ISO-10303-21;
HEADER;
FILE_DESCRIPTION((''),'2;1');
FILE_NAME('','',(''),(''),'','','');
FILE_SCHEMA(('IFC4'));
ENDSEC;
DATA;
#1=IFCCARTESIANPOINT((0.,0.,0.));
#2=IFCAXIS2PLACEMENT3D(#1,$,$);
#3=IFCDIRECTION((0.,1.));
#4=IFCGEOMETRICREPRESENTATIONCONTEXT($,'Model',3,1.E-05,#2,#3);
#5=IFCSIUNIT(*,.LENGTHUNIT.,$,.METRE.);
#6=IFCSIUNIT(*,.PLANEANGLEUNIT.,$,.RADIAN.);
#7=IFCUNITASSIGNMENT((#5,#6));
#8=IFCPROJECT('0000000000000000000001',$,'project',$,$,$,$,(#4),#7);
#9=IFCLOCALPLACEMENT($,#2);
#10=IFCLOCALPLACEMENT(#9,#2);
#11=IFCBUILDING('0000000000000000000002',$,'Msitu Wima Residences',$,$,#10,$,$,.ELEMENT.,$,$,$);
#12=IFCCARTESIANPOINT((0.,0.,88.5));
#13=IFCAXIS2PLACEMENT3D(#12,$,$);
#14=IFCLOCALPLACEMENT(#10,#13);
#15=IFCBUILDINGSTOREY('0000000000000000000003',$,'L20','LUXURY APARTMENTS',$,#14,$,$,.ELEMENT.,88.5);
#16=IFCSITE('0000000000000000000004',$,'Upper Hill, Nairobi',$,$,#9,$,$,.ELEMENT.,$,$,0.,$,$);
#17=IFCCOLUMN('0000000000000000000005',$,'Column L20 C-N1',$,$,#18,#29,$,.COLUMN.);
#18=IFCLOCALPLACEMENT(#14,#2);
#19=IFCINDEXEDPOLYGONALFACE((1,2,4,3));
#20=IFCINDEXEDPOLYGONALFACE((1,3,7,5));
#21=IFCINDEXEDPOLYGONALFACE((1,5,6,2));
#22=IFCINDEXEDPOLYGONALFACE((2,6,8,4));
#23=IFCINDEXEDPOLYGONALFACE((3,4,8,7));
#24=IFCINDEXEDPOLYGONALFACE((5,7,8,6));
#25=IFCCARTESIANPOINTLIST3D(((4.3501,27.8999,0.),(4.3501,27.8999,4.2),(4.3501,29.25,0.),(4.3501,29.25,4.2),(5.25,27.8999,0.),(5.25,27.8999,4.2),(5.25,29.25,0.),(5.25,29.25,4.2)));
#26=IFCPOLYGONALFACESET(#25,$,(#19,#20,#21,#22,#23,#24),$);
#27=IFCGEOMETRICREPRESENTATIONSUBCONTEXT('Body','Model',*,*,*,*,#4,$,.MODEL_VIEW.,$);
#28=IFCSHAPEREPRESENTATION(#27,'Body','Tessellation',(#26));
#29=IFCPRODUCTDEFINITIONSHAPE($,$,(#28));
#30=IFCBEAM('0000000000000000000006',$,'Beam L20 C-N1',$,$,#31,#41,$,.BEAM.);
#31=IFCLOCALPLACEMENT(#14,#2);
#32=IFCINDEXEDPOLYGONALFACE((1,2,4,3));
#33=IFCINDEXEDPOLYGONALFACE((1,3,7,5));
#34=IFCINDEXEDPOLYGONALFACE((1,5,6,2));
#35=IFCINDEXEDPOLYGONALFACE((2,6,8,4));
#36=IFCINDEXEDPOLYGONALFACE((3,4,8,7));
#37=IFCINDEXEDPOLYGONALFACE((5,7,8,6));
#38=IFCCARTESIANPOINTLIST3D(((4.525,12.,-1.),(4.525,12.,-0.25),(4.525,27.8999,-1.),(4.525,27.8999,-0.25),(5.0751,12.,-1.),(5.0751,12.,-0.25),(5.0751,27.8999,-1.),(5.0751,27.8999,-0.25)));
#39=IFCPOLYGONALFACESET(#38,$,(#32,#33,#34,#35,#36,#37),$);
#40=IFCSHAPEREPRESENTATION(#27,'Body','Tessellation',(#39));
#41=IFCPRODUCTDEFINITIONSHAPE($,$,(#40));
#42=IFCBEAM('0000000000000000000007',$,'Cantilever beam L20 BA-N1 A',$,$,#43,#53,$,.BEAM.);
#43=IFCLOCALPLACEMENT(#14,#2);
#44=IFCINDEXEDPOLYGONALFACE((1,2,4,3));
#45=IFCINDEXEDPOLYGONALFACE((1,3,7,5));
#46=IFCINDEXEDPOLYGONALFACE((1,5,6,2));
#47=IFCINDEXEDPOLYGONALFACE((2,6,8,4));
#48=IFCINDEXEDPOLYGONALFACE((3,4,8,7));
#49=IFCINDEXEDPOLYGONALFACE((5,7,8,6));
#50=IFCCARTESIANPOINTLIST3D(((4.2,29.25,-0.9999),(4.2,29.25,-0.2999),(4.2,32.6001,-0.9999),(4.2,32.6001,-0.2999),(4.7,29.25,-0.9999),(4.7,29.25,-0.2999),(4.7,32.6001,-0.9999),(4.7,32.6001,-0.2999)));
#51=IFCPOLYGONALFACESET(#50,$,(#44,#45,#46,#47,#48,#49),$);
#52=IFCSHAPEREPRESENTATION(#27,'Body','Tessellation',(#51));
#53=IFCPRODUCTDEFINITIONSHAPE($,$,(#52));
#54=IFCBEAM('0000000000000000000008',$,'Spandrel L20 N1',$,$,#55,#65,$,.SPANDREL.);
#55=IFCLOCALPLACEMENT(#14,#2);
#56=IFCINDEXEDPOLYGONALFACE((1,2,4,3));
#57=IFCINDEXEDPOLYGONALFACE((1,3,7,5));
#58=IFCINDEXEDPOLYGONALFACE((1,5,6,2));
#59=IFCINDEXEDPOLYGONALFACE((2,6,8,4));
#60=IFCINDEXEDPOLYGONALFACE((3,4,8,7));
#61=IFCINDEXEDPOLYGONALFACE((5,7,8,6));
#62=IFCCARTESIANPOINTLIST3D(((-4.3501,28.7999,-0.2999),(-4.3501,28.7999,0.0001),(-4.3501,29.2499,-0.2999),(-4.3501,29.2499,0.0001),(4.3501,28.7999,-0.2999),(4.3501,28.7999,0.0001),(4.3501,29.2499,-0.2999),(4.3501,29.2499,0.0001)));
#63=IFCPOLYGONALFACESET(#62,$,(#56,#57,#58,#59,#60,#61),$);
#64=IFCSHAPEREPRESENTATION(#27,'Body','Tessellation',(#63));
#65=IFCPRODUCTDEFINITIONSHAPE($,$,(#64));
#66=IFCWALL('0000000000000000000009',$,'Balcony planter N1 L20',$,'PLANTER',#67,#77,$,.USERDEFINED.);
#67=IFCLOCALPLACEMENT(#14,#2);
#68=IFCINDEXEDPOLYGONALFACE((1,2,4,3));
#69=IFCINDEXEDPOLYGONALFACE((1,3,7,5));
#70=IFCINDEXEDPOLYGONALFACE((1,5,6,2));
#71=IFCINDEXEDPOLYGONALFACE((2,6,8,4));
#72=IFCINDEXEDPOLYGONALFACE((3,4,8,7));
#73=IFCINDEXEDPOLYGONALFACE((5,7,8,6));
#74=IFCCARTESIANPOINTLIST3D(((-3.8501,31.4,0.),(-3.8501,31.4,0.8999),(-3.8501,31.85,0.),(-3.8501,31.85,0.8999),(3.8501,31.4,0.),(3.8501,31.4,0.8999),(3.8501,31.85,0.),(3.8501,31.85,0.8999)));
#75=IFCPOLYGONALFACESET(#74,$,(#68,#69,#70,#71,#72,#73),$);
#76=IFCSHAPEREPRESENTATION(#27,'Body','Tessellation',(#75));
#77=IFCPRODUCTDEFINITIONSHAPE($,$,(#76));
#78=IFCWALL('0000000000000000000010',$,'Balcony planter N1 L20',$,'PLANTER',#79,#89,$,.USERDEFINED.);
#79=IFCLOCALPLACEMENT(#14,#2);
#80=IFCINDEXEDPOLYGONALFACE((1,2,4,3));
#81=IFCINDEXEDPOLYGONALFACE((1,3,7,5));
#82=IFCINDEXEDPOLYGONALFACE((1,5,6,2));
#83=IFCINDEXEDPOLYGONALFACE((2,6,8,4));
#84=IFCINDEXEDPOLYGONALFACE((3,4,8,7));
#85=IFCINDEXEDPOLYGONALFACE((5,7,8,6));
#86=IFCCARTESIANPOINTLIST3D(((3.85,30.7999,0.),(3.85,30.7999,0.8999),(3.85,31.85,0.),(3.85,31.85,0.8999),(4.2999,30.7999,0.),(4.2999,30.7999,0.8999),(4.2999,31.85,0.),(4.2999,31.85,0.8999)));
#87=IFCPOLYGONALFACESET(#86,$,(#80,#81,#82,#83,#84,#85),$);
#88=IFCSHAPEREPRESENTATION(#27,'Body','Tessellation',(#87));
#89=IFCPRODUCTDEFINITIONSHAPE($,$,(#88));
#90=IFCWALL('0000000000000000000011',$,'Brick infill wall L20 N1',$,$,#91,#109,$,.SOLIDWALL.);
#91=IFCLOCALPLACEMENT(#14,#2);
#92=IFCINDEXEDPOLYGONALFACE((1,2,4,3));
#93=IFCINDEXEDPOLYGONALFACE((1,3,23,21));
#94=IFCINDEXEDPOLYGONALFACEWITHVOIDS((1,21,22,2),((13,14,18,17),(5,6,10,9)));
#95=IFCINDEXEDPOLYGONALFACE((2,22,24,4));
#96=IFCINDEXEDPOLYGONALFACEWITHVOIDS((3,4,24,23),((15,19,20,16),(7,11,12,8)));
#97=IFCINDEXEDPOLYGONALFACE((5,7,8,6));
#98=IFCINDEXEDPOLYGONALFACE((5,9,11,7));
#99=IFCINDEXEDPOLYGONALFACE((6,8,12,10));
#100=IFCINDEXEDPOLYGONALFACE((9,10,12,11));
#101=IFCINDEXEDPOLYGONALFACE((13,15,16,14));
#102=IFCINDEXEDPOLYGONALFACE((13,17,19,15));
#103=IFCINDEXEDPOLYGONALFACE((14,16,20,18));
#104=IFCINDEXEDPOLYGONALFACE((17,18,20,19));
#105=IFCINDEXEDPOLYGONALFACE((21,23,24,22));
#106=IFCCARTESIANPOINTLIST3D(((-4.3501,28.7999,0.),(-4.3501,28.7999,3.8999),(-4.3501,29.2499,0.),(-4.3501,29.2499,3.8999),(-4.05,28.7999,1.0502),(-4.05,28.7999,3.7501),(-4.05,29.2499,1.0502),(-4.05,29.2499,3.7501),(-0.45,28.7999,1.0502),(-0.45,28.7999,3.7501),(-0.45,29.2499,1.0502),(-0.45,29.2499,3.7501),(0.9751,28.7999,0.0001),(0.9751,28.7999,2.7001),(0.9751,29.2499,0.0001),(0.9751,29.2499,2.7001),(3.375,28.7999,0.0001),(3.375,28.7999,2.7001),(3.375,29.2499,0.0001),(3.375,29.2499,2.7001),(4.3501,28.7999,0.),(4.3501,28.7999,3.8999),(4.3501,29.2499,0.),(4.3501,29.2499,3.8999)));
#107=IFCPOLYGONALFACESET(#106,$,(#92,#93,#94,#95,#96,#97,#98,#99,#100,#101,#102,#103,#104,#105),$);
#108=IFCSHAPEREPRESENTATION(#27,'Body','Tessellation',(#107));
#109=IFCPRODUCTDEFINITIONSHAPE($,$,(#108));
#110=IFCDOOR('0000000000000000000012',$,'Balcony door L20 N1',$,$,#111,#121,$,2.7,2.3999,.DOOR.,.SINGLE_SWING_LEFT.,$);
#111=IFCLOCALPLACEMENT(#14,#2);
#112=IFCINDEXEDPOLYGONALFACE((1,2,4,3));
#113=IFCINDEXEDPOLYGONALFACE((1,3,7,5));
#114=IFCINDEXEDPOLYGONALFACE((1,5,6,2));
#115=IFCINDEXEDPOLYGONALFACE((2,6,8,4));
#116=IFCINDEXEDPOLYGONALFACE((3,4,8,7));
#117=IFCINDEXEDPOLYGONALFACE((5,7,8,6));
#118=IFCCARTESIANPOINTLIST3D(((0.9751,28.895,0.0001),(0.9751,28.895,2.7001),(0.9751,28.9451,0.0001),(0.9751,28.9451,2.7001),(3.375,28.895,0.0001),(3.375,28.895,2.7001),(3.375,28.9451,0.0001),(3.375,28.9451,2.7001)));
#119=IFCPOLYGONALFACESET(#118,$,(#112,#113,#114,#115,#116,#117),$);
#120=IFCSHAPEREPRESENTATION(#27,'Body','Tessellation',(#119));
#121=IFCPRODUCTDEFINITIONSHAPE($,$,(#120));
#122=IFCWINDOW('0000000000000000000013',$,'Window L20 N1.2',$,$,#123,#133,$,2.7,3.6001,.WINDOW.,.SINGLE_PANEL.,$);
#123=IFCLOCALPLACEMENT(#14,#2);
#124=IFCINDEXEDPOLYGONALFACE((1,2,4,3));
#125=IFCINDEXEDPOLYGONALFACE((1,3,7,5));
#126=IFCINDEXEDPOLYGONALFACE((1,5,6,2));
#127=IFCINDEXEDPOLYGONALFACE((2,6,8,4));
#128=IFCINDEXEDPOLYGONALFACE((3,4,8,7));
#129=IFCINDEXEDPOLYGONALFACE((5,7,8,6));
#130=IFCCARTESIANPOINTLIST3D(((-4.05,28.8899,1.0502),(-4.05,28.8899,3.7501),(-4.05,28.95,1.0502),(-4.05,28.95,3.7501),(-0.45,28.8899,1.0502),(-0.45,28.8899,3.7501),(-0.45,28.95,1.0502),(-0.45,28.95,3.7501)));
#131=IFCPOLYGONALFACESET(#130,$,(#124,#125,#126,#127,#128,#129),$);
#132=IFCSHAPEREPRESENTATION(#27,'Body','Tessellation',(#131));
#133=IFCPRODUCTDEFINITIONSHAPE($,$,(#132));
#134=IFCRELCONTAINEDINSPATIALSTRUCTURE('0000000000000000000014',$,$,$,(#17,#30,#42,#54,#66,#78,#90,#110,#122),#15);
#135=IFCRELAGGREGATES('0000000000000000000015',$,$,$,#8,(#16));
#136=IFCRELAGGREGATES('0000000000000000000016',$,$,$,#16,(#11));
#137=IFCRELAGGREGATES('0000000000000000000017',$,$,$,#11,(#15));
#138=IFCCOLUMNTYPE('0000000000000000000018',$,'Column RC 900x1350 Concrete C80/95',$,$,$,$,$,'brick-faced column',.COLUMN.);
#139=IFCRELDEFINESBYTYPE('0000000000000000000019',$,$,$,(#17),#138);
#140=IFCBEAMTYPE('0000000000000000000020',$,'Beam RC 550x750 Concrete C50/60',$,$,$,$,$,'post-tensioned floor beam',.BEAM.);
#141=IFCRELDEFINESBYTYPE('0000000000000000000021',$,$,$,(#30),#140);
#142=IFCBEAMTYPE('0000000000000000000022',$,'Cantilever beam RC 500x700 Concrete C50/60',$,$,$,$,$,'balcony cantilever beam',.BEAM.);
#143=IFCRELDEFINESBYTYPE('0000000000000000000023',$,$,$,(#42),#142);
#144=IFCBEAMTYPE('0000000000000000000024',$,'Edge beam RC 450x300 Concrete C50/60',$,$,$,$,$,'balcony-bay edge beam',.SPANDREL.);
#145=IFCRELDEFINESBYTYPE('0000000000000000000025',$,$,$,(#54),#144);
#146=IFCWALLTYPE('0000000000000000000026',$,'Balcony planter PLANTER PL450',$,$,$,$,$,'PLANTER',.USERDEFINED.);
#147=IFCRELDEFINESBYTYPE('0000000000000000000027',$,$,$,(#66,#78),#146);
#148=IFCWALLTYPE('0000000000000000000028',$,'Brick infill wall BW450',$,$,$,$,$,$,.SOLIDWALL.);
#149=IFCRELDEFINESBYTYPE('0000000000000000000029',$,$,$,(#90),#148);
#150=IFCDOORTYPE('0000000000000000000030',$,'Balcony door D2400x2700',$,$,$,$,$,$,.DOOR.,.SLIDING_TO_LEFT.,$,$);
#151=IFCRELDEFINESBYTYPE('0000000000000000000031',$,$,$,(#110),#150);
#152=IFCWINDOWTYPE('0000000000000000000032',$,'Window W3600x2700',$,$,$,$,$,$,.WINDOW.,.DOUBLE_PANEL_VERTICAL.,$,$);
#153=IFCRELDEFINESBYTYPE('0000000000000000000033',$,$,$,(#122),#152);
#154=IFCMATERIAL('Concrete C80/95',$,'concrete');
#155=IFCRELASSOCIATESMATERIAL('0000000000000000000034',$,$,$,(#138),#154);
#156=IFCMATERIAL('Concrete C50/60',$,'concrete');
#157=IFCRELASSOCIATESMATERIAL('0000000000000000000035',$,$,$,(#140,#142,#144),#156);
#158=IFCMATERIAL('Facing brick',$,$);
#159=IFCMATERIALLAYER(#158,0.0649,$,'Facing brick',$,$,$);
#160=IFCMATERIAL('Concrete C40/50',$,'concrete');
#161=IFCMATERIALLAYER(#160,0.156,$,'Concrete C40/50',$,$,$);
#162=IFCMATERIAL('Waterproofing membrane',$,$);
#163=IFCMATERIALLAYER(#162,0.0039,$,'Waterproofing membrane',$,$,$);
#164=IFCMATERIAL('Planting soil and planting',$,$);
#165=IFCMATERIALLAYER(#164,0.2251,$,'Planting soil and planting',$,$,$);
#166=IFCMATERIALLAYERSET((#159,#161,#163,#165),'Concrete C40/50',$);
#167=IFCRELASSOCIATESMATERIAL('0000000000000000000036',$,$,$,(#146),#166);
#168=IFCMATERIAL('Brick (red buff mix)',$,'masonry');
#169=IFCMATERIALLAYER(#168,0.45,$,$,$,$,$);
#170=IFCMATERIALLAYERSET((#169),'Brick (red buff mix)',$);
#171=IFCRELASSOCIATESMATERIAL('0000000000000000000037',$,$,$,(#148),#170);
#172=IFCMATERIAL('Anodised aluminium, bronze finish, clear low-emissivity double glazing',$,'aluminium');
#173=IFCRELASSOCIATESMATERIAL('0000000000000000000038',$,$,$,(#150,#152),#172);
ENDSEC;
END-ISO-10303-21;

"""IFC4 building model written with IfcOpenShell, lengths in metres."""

from ifc_helpers import new_model, si_unit, direction, frame, frame_2d, origin, origin_2d, place, context, subcontext, project, spatial, rectangle, extrude, material, layer, layer_set, material_profile, profile_set, type_object, element, fill, save


model = new_model("IFC4")

# Units and contexts
model_context = context("Model", 3, precision=1e-05, world=origin(), true_north=direction((0.0, 1.0)))
body_context = subcontext(model_context, "Body", "Model", "MODEL_VIEW")
ifc_project = project(units=[si_unit("LENGTHUNIT", "METRE"), si_unit("PLANEANGLEUNIT", "RADIAN")], contexts=[model_context])

# Site, building, storey
site_placement = place(None, origin())
site = spatial("IfcSite", under=ifc_project, at=site_placement, Name="Upper Hill, Nairobi", CompositionType="ELEMENT", RefElevation=0.0)
building_placement = place(site_placement, origin())
building = spatial("IfcBuilding", under=site, at=building_placement, Name="Msitu Wima Residences", CompositionType="ELEMENT")
storey_placement = place(building_placement, frame((0.0, 0.0, 88.5)))
storey = spatial("IfcBuildingStorey", under=building, at=storey_placement, Name="L20", Description="LUXURY APARTMENTS", CompositionType="ELEMENT", Elevation=88.5)

# Column
ifc_material_1 = material(Name="Concrete C80/95", Category="concrete")
ifc_material_profile_1 = material_profile(ifc_material_1, rectangle(XDim=0.8999, YDim=1.3501, at=origin_2d()), Name="RC 900x1350")
ifc_profile_set_1 = profile_set([ifc_material_profile_1], Name="Concrete C80/95")
column_type = type_object("IfcColumnType", Name="Column RC 900x1350 Concrete C80/95", ElementType="brick-faced column", PredefinedType="COLUMN", material=ifc_profile_set_1)
column_placement = place(storey_placement, frame((4.8, 28.575, 0.0), z_axis=(0.0, 0.0, 1.0), x_axis=(-1.0, 0.0, 0.0)))
element("IfcColumn", 1, at=column_placement, inside=storey, type_object=column_type, Name="Column L20 C-N1", PredefinedType="COLUMN", context=body_context, shape_type="SweptSolid", body=[
    extrude(rectangle(XDim=0.8999, YDim=1.3501, at=origin_2d()), origin(), (0.0, 0.0, 1.0), 4.2),
])

# Beams
ifc_material_2 = material(Name="Concrete C50/60", Category="concrete")
ifc_material_profile_2 = material_profile(ifc_material_2, rectangle(XDim=0.55, YDim=0.75, at=origin_2d()), Name="RC 550x750")
ifc_profile_set_2 = profile_set([ifc_material_profile_2], Name="Concrete C50/60")
beam_type_1 = type_object("IfcBeamType", Name="Beam RC 550x750 Concrete C50/60", ElementType="post-tensioned floor beam", PredefinedType="BEAM", material=ifc_profile_set_2)
beam_1_placement = place(storey_placement, frame((4.8, 27.8999, -0.625), z_axis=(0.0, -1.0, 0.0), x_axis=(1.0, 0.0, 0.0)))
element("IfcBeam", 2, at=beam_1_placement, inside=storey, type_object=beam_type_1, Name="Beam L20 C-N1", PredefinedType="BEAM", context=body_context, shape_type="SweptSolid", body=[
    extrude(rectangle(XDim=0.55, YDim=0.75, at=origin_2d()), origin(), (0.0, 0.0, 1.0), 15.8999),
])
ifc_material_profile_3 = material_profile(ifc_material_2, rectangle(XDim=0.5, YDim=0.7, at=origin_2d()), Name="RC 500x700")
ifc_profile_set_3 = profile_set([ifc_material_profile_3], Name="Concrete C50/60")
beam_type_2 = type_object("IfcBeamType", Name="Cantilever beam RC 500x700 Concrete C50/60", ElementType="balcony cantilever beam", PredefinedType="BEAM", material=ifc_profile_set_3)
beam_2_placement = place(storey_placement, frame((4.45, 29.25, -0.6499), z_axis=(0.0, 1.0, 0.0), x_axis=(-1.0, 0.0, 0.0)))
element("IfcBeam", 3, at=beam_2_placement, inside=storey, type_object=beam_type_2, Name="Cantilever beam L20 BA-N1 A", PredefinedType="BEAM", context=body_context, shape_type="SweptSolid", body=[
    extrude(rectangle(XDim=0.5, YDim=0.7, at=origin_2d()), origin(), (0.0, 0.0, 1.0), 3.3501),
])
ifc_material_profile_4 = material_profile(ifc_material_2, rectangle(XDim=0.45, YDim=0.3, at=origin_2d()), Name="RC 450x300")
ifc_profile_set_4 = profile_set([ifc_material_profile_4], Name="Concrete C50/60")
beam_type_3 = type_object("IfcBeamType", Name="Edge beam RC 450x300 Concrete C50/60", ElementType="balcony-bay edge beam", PredefinedType="SPANDREL", material=ifc_profile_set_4)
beam_3_placement = place(storey_placement, frame((4.3501, 29.0249, -0.1499), z_axis=(-1.0, 0.0, 0.0), x_axis=(0.0, -1.0, 0.0)))
element("IfcBeam", 4, at=beam_3_placement, inside=storey, type_object=beam_type_3, Name="Spandrel L20 N1", PredefinedType="SPANDREL", context=body_context, shape_type="SweptSolid", body=[
    extrude(rectangle(XDim=0.45, YDim=0.3, at=origin_2d()), origin(), (0.0, 0.0, 1.0), 8.7002),
])

# Walls
ifc_material_3 = material(Name="Facing brick")
ifc_layer_1 = layer(ifc_material_3, 0.0649, Name="Facing brick")
ifc_material_4 = material(Name="Concrete C40/50", Category="concrete")
ifc_layer_2 = layer(ifc_material_4, 0.156, Name="Concrete C40/50")
ifc_material_5 = material(Name="Waterproofing membrane")
ifc_layer_3 = layer(ifc_material_5, 0.0039, Name="Waterproofing membrane")
ifc_material_6 = material(Name="Planting soil and planting")
ifc_layer_4 = layer(ifc_material_6, 0.2251, Name="Planting soil and planting")
ifc_layer_set_1 = layer_set([ifc_layer_1, ifc_layer_2, ifc_layer_3, ifc_layer_4], Name="Concrete C40/50")
wall_type_1 = type_object("IfcWallType", Name="Balcony planter PLANTER PL450", ElementType="PLANTER", PredefinedType="USERDEFINED", material=ifc_layer_set_1)
wall_1_placement = place(storey_placement, frame((3.8501, 31.625, 0.0), z_axis=(0.0, 0.0, 1.0), x_axis=(-1.0, 0.0, 0.0)))
element("IfcWall", 5, at=wall_1_placement, inside=storey, type_object=wall_type_1, Name="Balcony planter N1 L20", ObjectType="PLANTER", PredefinedType="USERDEFINED", context=body_context, shape_type="SweptSolid", body=[
    extrude(rectangle(XDim=7.7002, YDim=0.45, at=frame_2d((3.8501, 0.0))), origin(), (0.0, 0.0, 1.0), 0.8999),
])
wall_2_placement = place(storey_placement, frame((4.075, 30.8, 0.0), z_axis=(0.0, 0.0, 1.0), x_axis=(0.0, 1.0, 0.0)))
element("IfcWall", 6, at=wall_2_placement, inside=storey, type_object=wall_type_1, Name="Balcony planter N1 L20", ObjectType="PLANTER", PredefinedType="USERDEFINED", context=body_context, shape_type="SweptSolid", body=[
    extrude(rectangle(XDim=1.05, YDim=0.45, at=frame_2d((0.5249, 0.0))), origin(), (0.0, 0.0, 1.0), 0.8999),
])

# Wall, openings, door, window
ifc_material_7 = material(Name="Brick (red buff mix)", Category="masonry")
ifc_layer_5 = layer(ifc_material_7, 0.45)
ifc_layer_set_2 = layer_set([ifc_layer_5], Name="Brick (red buff mix)")
wall_type_2 = type_object("IfcWallType", Name="Brick infill wall BW450", PredefinedType="SOLIDWALL", material=ifc_layer_set_2)
wall_3_placement = place(storey_placement, frame((4.3501, 29.0249, 0.0), z_axis=(0.0, 0.0, 1.0), x_axis=(-1.0, 0.0, 0.0)))
wall_3 = element("IfcWall", 7, at=wall_3_placement, inside=storey, type_object=wall_type_2, Name="Brick infill wall L20 N1", PredefinedType="SOLIDWALL", context=body_context, shape_type="SweptSolid", body=[
    extrude(rectangle(XDim=8.7002, YDim=0.45, at=frame_2d((4.3501, 0.0))), origin(), (0.0, 0.0, 1.0), 3.8999),
])
opening_1_placement = place(wall_3_placement, frame((0.9751, 0.0, 0.0)))
opening_1 = element("IfcOpeningElement", 8, at=opening_1_placement, cuts=wall_3, PredefinedType="OPENING", context=body_context, shape_type="SweptSolid", body=[
    extrude(rectangle(XDim=2.3999, YDim=2.7, at=frame_2d((1.2, 1.3501))), frame((0.0, 0.2349, 0.0), z_axis=(0.0, -1.0, 0.0), x_axis=(1.0, 0.0, 0.0)), (0.0, 0.0, 1.0), 0.47),
])
opening_2_placement = place(wall_3_placement, frame((4.8, 0.0, 1.05)))
opening_2 = element("IfcOpeningElement", 9, at=opening_2_placement, cuts=wall_3, PredefinedType="OPENING", context=body_context, shape_type="SweptSolid", body=[
    extrude(rectangle(XDim=3.6001, YDim=2.7, at=frame_2d((1.8, 1.3501))), frame((0.0, 0.2349, 0.0), z_axis=(0.0, -1.0, 0.0), x_axis=(1.0, 0.0, 0.0)), (0.0, 0.0, 1.0), 0.47),
])
ifc_material_8 = material(Name="Anodised aluminium, bronze finish, clear low-emissivity double glazing", Category="aluminium")
door_type_1 = type_object("IfcDoorType", Name="Balcony door D2400x2700", OperationType="SLIDING_TO_LEFT", PredefinedType="DOOR", material=ifc_material_8)
door_1_placement = place(opening_1_placement, origin())
door_1 = element("IfcDoor", 10, at=door_1_placement, inside=storey, type_object=door_type_1, Name="Balcony door L20 N1", OperationType="SINGLE_SWING_LEFT", OverallHeight=2.7, OverallWidth=2.3999, PredefinedType="DOOR", context=body_context, shape_type="SweptSolid", body=[
    extrude(rectangle(XDim=2.3999, YDim=2.7, at=frame_2d((1.2, 1.3501))), frame((0.0, 0.1299, 0.0), z_axis=(0.0, -1.0, 0.0), x_axis=(1.0, 0.0, 0.0)), (0.0, 0.0, 1.0), 0.05),
])
fill(opening_1, door_1)
window_type = type_object("IfcWindowType", Name="Window W3600x2700", PartitioningType="DOUBLE_PANEL_VERTICAL", PredefinedType="WINDOW", material=ifc_material_8)
window_placement = place(opening_2_placement, origin())
window = element("IfcWindow", 11, at=window_placement, inside=storey, type_object=window_type, Name="Window L20 N1.2", OverallHeight=2.7, OverallWidth=3.6001, PartitioningType="SINGLE_PANEL", PredefinedType="WINDOW", context=body_context, shape_type="SweptSolid", body=[
    extrude(rectangle(XDim=3.6001, YDim=2.7, at=frame_2d((1.8, 1.3501))), frame((0.0, 0.135, 0.0), z_axis=(0.0, -1.0, 0.0), x_axis=(1.0, 0.0, 0.0)), (0.0, 0.0, 1.0), 0.0601),
])
fill(opening_2, window)

save(model, "model.ifc")
